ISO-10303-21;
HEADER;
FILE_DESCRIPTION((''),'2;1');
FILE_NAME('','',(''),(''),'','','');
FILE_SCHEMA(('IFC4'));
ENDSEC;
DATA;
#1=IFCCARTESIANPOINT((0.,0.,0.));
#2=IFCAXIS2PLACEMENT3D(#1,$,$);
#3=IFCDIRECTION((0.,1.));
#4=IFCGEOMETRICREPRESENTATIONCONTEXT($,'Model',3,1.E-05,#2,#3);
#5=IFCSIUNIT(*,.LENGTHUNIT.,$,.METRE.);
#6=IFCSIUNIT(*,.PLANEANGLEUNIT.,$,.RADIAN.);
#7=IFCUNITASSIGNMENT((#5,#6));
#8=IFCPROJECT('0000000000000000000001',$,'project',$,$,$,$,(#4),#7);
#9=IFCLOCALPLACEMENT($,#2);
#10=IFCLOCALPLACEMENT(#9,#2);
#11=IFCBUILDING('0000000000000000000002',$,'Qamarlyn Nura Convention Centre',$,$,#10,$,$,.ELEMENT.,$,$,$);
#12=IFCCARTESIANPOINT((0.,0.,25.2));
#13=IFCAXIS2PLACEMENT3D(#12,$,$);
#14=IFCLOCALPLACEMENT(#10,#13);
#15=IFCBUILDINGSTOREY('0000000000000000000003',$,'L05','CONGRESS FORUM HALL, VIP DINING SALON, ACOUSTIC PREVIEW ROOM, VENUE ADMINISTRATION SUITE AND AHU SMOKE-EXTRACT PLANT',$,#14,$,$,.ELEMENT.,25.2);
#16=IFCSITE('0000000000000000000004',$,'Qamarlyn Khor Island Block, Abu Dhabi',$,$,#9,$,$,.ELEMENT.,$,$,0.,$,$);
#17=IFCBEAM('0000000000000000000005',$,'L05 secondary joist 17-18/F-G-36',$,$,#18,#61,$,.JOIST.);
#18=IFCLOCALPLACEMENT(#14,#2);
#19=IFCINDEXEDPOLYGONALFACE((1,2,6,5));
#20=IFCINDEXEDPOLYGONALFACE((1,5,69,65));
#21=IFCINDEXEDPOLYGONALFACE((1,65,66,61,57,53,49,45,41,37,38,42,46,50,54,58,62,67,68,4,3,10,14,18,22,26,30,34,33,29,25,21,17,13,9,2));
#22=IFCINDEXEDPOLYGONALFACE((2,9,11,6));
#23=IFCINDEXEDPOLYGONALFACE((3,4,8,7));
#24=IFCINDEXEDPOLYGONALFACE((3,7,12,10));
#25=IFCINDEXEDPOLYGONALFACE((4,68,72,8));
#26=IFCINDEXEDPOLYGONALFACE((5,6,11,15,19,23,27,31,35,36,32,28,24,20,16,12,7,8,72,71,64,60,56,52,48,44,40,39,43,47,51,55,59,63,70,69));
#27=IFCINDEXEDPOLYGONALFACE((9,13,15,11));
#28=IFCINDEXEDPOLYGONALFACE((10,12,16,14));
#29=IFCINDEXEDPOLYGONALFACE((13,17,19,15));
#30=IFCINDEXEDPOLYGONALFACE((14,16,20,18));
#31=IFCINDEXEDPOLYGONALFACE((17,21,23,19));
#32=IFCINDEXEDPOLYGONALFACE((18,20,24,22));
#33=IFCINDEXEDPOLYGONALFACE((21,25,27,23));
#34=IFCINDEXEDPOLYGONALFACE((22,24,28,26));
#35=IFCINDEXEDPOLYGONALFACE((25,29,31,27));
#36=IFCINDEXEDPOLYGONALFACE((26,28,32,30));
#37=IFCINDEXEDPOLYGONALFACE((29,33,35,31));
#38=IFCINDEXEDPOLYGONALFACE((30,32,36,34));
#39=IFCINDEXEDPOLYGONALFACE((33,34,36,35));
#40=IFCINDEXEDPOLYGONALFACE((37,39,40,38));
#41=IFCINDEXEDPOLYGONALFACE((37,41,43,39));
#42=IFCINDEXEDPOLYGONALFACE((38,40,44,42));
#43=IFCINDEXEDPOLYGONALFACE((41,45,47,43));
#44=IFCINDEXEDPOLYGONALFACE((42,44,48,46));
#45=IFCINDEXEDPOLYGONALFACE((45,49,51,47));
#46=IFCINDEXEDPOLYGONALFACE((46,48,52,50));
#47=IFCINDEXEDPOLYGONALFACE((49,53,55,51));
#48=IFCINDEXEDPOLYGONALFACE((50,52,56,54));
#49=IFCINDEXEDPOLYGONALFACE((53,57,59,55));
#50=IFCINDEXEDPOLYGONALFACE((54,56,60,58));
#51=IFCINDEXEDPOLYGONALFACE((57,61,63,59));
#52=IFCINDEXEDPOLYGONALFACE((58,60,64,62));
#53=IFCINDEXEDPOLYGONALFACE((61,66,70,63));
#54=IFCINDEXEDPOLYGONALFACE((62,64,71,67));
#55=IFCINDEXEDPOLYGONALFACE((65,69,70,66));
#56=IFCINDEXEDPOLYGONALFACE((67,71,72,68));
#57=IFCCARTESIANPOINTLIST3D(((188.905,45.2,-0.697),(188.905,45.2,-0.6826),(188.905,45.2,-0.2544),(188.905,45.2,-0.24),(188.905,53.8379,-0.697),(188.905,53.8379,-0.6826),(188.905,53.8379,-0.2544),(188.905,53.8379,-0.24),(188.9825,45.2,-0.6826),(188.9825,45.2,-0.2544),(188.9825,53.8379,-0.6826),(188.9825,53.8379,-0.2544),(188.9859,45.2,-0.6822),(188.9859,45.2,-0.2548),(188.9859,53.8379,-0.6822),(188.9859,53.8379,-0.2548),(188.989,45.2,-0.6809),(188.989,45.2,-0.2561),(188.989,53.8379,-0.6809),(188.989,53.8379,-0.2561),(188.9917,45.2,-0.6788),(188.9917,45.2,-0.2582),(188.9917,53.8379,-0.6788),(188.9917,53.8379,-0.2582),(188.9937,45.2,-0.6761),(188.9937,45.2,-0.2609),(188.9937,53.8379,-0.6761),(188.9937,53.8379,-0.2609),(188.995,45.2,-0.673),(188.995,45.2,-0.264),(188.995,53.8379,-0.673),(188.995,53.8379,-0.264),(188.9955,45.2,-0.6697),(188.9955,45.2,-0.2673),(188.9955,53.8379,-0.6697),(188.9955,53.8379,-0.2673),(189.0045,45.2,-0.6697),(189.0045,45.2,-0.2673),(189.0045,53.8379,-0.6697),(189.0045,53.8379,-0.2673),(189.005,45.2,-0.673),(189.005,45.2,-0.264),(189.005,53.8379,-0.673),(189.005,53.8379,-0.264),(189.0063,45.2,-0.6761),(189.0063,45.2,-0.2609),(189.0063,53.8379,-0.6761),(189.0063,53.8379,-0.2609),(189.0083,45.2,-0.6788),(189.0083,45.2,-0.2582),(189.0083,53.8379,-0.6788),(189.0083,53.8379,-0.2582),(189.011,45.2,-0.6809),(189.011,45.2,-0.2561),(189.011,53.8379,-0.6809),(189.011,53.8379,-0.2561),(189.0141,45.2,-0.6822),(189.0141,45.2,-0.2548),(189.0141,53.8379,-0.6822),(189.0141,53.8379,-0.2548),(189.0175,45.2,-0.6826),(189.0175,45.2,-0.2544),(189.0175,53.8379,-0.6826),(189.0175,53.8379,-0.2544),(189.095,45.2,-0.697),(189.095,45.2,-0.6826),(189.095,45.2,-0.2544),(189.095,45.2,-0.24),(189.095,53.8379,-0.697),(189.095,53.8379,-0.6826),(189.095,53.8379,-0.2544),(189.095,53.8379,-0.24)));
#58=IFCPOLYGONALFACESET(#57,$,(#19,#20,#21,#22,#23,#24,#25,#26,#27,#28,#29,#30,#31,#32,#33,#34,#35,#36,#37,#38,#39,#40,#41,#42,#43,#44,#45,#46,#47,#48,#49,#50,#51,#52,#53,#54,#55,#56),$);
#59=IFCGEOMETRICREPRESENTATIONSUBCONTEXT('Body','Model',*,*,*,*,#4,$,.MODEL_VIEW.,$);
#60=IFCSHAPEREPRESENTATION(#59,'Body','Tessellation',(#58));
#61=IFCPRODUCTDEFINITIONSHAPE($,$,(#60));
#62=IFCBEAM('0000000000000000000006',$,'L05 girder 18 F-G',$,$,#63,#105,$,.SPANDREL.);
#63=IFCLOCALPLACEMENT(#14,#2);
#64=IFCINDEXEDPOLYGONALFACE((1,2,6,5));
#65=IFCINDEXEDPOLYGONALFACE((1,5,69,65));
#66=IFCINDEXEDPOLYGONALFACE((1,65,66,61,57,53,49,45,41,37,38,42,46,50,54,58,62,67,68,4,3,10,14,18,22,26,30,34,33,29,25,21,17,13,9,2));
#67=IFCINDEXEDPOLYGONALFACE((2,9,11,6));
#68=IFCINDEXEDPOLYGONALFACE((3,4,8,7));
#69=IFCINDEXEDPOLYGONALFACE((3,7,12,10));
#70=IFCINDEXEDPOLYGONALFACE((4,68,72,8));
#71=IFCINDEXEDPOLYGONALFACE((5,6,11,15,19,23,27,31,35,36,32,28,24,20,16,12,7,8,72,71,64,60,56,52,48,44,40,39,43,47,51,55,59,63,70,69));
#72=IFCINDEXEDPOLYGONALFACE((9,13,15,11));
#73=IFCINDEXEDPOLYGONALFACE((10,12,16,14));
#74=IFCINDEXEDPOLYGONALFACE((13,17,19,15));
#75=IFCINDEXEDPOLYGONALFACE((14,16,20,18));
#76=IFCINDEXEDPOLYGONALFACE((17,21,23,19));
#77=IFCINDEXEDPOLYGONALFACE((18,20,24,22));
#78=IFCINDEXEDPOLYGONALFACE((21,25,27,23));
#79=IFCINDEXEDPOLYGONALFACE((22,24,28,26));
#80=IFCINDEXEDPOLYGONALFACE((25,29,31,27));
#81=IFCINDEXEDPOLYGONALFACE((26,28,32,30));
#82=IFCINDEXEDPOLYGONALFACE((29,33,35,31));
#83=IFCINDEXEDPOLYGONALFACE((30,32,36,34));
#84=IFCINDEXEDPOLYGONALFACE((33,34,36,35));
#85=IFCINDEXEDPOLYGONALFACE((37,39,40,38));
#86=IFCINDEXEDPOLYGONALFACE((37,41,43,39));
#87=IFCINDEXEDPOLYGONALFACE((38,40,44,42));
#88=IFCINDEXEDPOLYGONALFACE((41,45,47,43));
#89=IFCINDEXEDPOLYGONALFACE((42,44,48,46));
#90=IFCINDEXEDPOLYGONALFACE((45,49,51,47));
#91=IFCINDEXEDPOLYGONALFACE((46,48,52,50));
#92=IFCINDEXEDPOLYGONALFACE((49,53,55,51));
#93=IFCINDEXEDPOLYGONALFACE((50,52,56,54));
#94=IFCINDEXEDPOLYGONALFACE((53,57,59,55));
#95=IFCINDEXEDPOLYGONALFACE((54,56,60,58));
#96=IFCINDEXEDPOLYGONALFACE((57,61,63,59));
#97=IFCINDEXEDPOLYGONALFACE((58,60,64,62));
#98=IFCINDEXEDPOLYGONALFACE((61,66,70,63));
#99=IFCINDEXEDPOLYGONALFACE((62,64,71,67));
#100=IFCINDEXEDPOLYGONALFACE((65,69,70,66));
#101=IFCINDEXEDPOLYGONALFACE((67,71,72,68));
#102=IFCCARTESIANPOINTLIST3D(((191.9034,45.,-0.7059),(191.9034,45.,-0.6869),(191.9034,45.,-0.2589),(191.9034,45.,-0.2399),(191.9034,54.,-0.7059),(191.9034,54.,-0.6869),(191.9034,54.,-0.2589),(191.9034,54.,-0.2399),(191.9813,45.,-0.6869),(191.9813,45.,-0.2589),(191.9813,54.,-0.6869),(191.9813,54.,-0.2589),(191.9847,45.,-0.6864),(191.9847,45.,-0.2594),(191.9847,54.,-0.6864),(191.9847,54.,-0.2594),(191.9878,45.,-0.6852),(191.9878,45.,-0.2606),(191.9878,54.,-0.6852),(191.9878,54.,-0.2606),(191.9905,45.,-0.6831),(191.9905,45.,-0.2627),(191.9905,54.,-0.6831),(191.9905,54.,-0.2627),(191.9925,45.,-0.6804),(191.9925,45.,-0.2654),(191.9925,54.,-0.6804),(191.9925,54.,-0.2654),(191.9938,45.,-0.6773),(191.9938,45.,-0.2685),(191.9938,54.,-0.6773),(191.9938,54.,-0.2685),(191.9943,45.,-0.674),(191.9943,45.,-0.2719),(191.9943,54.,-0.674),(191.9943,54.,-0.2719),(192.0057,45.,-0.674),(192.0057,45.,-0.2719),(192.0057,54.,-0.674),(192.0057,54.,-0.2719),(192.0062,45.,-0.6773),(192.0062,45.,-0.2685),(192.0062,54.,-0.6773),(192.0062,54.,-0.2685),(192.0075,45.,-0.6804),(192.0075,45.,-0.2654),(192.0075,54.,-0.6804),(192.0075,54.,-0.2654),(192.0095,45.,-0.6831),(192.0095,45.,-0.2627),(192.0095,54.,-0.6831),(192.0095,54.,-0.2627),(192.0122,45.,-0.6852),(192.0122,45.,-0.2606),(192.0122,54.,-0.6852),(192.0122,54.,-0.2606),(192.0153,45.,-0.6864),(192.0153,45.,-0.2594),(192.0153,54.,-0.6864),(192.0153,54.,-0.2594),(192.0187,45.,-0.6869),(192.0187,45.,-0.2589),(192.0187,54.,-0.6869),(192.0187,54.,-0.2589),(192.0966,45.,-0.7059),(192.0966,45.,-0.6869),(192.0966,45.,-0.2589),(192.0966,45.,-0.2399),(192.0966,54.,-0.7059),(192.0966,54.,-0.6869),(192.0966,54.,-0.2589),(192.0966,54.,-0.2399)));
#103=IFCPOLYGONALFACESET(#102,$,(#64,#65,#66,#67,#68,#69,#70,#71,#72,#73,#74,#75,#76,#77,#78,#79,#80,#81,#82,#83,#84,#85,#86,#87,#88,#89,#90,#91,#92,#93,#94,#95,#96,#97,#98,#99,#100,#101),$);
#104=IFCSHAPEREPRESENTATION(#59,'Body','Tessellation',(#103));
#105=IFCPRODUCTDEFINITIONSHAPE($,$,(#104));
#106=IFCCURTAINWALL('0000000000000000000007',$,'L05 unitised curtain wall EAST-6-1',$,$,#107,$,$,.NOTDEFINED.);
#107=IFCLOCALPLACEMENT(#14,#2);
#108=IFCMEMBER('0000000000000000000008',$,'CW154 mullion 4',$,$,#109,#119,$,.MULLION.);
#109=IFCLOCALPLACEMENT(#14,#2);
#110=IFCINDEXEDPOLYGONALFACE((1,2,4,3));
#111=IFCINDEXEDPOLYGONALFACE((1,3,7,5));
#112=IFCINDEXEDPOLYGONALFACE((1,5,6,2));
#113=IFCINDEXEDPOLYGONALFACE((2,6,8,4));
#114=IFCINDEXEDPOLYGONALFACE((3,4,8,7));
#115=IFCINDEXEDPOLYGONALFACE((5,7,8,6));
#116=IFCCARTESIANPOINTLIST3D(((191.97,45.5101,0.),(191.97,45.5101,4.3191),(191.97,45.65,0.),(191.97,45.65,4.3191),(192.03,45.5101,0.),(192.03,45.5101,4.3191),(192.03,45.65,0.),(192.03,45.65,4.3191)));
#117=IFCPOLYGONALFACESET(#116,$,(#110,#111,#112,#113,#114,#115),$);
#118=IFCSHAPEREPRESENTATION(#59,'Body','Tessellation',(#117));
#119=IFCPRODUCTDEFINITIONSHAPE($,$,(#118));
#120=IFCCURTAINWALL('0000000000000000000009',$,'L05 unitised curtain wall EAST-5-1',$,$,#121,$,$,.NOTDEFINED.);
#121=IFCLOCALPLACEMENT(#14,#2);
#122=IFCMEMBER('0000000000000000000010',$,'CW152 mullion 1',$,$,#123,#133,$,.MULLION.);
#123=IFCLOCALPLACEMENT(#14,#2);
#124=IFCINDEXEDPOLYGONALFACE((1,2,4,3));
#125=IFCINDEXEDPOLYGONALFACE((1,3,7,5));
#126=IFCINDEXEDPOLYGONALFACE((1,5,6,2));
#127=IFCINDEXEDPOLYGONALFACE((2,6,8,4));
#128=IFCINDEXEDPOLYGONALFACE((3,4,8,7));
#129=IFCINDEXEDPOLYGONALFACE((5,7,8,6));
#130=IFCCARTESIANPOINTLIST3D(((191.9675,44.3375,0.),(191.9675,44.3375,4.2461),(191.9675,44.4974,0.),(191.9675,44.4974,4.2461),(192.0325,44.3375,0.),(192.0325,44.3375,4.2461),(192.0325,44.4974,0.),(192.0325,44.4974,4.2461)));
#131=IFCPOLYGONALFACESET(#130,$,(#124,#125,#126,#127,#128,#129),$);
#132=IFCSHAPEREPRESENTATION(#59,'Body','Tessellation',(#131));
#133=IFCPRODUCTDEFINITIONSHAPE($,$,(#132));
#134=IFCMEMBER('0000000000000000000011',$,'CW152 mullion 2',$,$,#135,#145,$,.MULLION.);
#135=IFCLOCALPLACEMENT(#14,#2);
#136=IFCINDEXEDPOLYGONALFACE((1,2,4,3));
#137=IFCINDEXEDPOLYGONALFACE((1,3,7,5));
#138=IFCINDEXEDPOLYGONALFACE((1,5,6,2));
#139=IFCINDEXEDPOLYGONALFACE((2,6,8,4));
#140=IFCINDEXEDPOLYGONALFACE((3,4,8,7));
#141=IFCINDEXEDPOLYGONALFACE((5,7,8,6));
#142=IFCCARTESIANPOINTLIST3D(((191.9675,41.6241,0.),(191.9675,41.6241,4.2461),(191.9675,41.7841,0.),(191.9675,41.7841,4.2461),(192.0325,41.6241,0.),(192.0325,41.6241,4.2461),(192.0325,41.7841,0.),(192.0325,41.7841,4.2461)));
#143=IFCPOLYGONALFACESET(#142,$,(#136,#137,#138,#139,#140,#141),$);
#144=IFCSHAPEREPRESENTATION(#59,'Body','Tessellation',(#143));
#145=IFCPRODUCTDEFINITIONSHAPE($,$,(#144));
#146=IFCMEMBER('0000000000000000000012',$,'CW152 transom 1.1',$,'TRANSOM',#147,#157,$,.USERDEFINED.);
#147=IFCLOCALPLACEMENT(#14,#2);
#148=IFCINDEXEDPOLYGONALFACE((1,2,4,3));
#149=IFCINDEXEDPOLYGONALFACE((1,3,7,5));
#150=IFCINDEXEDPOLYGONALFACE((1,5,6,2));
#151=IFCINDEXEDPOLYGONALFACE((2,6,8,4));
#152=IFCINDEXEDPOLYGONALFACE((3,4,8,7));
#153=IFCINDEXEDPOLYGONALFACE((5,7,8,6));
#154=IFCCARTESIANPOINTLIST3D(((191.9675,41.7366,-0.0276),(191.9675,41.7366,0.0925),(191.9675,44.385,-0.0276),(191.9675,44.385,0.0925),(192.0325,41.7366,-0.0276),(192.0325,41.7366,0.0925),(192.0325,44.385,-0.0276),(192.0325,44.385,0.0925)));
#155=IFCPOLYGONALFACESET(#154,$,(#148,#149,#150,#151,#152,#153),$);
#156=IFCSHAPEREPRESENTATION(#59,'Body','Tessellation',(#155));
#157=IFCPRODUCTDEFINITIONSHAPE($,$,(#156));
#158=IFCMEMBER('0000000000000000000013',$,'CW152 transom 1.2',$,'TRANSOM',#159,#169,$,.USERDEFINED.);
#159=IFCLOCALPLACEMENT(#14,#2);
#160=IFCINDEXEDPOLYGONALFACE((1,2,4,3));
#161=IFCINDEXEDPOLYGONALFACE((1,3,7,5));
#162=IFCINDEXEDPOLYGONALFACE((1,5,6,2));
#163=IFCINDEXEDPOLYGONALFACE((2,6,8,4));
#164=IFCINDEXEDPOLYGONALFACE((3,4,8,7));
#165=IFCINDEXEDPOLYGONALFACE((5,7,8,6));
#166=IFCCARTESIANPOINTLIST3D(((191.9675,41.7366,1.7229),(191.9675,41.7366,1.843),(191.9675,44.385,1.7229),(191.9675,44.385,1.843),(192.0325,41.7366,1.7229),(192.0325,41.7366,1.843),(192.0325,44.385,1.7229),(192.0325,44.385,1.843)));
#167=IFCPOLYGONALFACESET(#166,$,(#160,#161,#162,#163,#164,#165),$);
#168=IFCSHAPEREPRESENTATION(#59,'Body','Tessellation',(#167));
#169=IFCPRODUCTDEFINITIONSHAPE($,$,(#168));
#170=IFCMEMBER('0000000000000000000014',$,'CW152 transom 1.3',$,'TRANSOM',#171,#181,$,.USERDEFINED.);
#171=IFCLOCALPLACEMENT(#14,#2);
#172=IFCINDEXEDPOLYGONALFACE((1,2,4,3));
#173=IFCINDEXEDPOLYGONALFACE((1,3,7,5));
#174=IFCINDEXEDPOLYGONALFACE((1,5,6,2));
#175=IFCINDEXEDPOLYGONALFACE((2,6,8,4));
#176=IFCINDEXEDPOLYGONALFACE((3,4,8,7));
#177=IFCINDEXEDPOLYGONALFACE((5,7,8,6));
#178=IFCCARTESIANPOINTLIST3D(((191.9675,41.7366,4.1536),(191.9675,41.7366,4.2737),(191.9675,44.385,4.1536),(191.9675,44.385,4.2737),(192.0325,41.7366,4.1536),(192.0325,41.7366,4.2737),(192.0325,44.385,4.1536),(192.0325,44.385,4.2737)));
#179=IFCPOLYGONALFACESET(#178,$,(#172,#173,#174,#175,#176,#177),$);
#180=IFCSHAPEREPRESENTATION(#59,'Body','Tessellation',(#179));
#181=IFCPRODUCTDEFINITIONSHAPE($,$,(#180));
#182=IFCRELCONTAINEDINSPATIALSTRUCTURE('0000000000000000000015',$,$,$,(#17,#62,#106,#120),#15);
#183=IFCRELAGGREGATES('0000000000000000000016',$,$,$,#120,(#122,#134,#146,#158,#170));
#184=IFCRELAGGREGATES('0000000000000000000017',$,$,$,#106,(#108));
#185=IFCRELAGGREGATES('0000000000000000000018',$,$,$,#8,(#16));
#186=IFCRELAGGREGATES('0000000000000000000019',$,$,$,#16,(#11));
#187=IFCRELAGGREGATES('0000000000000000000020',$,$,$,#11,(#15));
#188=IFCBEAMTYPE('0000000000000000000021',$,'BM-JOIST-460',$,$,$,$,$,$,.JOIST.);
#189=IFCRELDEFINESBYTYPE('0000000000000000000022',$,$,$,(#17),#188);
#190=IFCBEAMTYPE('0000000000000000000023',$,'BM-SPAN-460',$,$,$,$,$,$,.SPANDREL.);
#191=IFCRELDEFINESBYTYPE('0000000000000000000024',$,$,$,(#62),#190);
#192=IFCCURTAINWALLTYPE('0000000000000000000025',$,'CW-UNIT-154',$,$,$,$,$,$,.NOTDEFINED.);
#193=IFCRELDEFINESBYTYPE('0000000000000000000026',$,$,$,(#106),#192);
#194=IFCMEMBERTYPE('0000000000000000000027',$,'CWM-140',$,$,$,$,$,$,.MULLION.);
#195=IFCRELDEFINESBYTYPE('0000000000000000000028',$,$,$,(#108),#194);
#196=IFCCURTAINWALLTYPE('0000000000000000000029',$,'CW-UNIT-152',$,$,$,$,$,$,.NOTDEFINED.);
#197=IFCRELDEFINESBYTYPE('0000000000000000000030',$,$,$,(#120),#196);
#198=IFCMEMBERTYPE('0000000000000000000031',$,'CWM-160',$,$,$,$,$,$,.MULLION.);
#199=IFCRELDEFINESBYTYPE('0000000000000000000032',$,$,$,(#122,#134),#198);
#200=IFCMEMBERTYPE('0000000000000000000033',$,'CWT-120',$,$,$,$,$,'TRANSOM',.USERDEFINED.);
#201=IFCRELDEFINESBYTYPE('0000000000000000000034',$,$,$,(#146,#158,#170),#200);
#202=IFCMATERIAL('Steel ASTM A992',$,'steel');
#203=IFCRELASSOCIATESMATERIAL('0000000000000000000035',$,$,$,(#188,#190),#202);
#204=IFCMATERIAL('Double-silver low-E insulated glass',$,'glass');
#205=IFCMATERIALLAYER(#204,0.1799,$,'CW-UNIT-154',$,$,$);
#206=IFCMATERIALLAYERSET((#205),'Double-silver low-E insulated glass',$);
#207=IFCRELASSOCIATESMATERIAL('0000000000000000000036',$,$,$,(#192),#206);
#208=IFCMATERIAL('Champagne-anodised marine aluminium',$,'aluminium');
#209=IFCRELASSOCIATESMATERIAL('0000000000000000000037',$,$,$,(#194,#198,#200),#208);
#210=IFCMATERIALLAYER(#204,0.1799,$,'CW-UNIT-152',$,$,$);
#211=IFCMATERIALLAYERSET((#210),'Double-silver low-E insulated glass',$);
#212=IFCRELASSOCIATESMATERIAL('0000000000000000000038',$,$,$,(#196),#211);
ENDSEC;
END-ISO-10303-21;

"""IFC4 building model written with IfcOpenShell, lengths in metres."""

from ifc_helpers import new_model, si_unit, direction, frame, origin, origin_2d, place, context, subcontext, project, spatial, rectangle, i_section, extrude, material, layer, layer_set, material_profile, profile_set, type_object, element, aggregate, save


model = new_model("IFC4")

# Units and contexts
model_context = context("Model", 3, precision=1e-05, world=origin(), true_north=direction((0.0, 1.0)))
body_context = subcontext(model_context, "Body", "Model", "MODEL_VIEW")
ifc_project = project(units=[si_unit("LENGTHUNIT", "METRE"), si_unit("PLANEANGLEUNIT", "RADIAN")], contexts=[model_context])

# Site, building, storey
site_placement = place(None, origin())
site = spatial("IfcSite", under=ifc_project, at=site_placement, Name="Qamarlyn Khor Island Block, Abu Dhabi", CompositionType="ELEMENT", RefElevation=0.0)
building_placement = place(site_placement, origin())
building = spatial("IfcBuilding", under=site, at=building_placement, Name="Qamarlyn Nura Convention Centre", CompositionType="ELEMENT")
storey_placement = place(building_placement, frame((0.0, 0.0, 25.2)))
storey = spatial("IfcBuildingStorey", under=building, at=storey_placement, Name="L05", Description="CONGRESS FORUM HALL, VIP DINING SALON, ACOUSTIC PREVIEW ROOM, VENUE ADMINISTRATION SUITE AND AHU SMOKE-EXTRACT PLANT", CompositionType="ELEMENT", Elevation=25.2)

# Beams
ifc_material_1 = material(Name="Steel ASTM A992", Category="steel")
ifc_material_profile_1 = material_profile(ifc_material_1, i_section(OverallWidth=0.1899, OverallDepth=0.457, WebThickness=0.009, FlangeThickness=0.0144, FilletRadius=0.0129, at=origin_2d()), Name="W460X74")
ifc_profile_set_1 = profile_set([ifc_material_profile_1], Name="Steel ASTM A992")
beam_type_1 = type_object("IfcBeamType", Name="BM-JOIST-460", PredefinedType="JOIST", material=ifc_profile_set_1)
beam_1_placement = place(storey_placement, frame((189.0, 45.2, -0.4685), z_axis=(0.0, 1.0, 0.0), x_axis=(-1.0, 0.0, 0.0)))
element("IfcBeam", 1, at=beam_1_placement, inside=storey, type_object=beam_type_1, Name="L05 secondary joist 17-18/F-G-36", PredefinedType="JOIST", context=body_context, shape_type="SweptSolid", body=[
    extrude(i_section(OverallWidth=0.1899, OverallDepth=0.457, WebThickness=0.009, FlangeThickness=0.0144, FilletRadius=0.0129, at=origin_2d()), origin(), (0.0, 0.0, 1.0), 8.6379),
])
ifc_material_profile_2 = material_profile(ifc_material_1, i_section(OverallWidth=0.1931, OverallDepth=0.4661, WebThickness=0.0115, FlangeThickness=0.019, FilletRadius=0.0129, at=origin_2d()), Name="W460X97")
ifc_profile_set_2 = profile_set([ifc_material_profile_2], Name="Steel ASTM A992")
beam_type_2 = type_object("IfcBeamType", Name="BM-SPAN-460", PredefinedType="SPANDREL", material=ifc_profile_set_2)
beam_2_placement = place(storey_placement, frame((192.0, 45.0, -0.4729), z_axis=(0.0, 1.0, 0.0), x_axis=(-1.0, 0.0, 0.0)))
element("IfcBeam", 2, at=beam_2_placement, inside=storey, type_object=beam_type_2, Name="L05 girder 18 F-G", PredefinedType="SPANDREL", context=body_context, shape_type="SweptSolid", body=[
    extrude(i_section(OverallWidth=0.1931, OverallDepth=0.4661, WebThickness=0.0115, FlangeThickness=0.019, FilletRadius=0.0129, at=origin_2d()), origin(), (0.0, 0.0, 1.0), 9.0),
])

# Curtain wall, member
ifc_material_2 = material(Name="Double-silver low-E insulated glass", Category="glass")
ifc_layer_1 = layer(ifc_material_2, 0.1799, Name="CW-UNIT-154")
ifc_layer_set_1 = layer_set([ifc_layer_1], Name="Double-silver low-E insulated glass")
curtain_wall_type_1 = type_object("IfcCurtainWallType", Name="CW-UNIT-154", PredefinedType="NOTDEFINED", material=ifc_layer_set_1)
curtain_wall_1_placement = place(storey_placement, origin())
curtain_wall_1 = element("IfcCurtainWall", 3, at=curtain_wall_1_placement, inside=storey, type_object=curtain_wall_type_1, Name="L05 unitised curtain wall EAST-6-1", PredefinedType="NOTDEFINED")
ifc_material_3 = material(Name="Champagne-anodised marine aluminium", Category="aluminium")
ifc_material_profile_3 = material_profile(ifc_material_3, rectangle(XDim=0.0601, YDim=0.1399, at=origin_2d()), Name="ALU MULLION 60x140")
ifc_profile_set_3 = profile_set([ifc_material_profile_3], Name="Champagne-anodised marine aluminium")
member_type_1 = type_object("IfcMemberType", Name="CWM-140", PredefinedType="MULLION", material=ifc_profile_set_3)
member_1_placement = place(storey_placement, frame((192.0, 45.5801, 0.0), z_axis=(0.0, 0.0, 1.0), x_axis=(1.0, 0.0, 0.0)))
member_1 = element("IfcMember", 4, at=member_1_placement, type_object=member_type_1, Name="CW154 mullion 4", PredefinedType="MULLION", context=body_context, shape_type="SweptSolid", body=[
    extrude(rectangle(XDim=0.0601, YDim=0.1399, at=origin_2d()), origin(), (0.0, 0.0, 1.0), 4.3191),
])

# Curtain wall, members
ifc_layer_2 = layer(ifc_material_2, 0.1799, Name="CW-UNIT-152")
ifc_layer_set_2 = layer_set([ifc_layer_2], Name="Double-silver low-E insulated glass")
curtain_wall_type_2 = type_object("IfcCurtainWallType", Name="CW-UNIT-152", PredefinedType="NOTDEFINED", material=ifc_layer_set_2)
curtain_wall_2_placement = place(storey_placement, origin())
curtain_wall_2 = element("IfcCurtainWall", 5, at=curtain_wall_2_placement, inside=storey, type_object=curtain_wall_type_2, Name="L05 unitised curtain wall EAST-5-1", PredefinedType="NOTDEFINED")
ifc_material_profile_4 = material_profile(ifc_material_3, rectangle(XDim=0.0649, YDim=0.1599, at=origin_2d()), Name="ALU MULLION 65x160")
ifc_profile_set_4 = profile_set([ifc_material_profile_4], Name="Champagne-anodised marine aluminium")
member_type_2 = type_object("IfcMemberType", Name="CWM-160", PredefinedType="MULLION", material=ifc_profile_set_4)
member_2_placement = place(storey_placement, frame((192.0, 44.4175, 0.0), z_axis=(0.0, 0.0, 1.0), x_axis=(1.0, 0.0, 0.0)))
member_2 = element("IfcMember", 6, at=member_2_placement, type_object=member_type_2, Name="CW152 mullion 1", PredefinedType="MULLION", context=body_context, shape_type="SweptSolid", body=[
    extrude(rectangle(XDim=0.0649, YDim=0.1599, at=origin_2d()), origin(), (0.0, 0.0, 1.0), 4.2461),
])
member_3_placement = place(storey_placement, frame((192.0, 41.7041, 0.0), z_axis=(0.0, 0.0, 1.0), x_axis=(1.0, 0.0, 0.0)))
member_3 = element("IfcMember", 7, at=member_3_placement, type_object=member_type_2, Name="CW152 mullion 2", PredefinedType="MULLION", context=body_context, shape_type="SweptSolid", body=[
    extrude(rectangle(XDim=0.0649, YDim=0.1599, at=origin_2d()), origin(), (0.0, 0.0, 1.0), 4.2461),
])
ifc_material_profile_5 = material_profile(ifc_material_3, rectangle(XDim=0.0649, YDim=0.1201, at=origin_2d()), Name="ALU TRANSOM 65x120")
ifc_profile_set_5 = profile_set([ifc_material_profile_5], Name="Champagne-anodised marine aluminium")
member_type_3 = type_object("IfcMemberType", Name="CWT-120", ElementType="TRANSOM", PredefinedType="USERDEFINED", material=ifc_profile_set_5)
member_4_placement = place(storey_placement, frame((192.0, 44.385, 0.0325), z_axis=(0.0, -1.0, 0.0), x_axis=(1.0, 0.0, 0.0)))
member_4 = element("IfcMember", 8, at=member_4_placement, type_object=member_type_3, Name="CW152 transom 1.1", ObjectType="TRANSOM", PredefinedType="USERDEFINED", context=body_context, shape_type="SweptSolid", body=[
    extrude(rectangle(XDim=0.0649, YDim=0.1201, at=origin_2d()), origin(), (0.0, 0.0, 1.0), 2.6484),
])
member_5_placement = place(storey_placement, frame((192.0, 44.385, 1.783), z_axis=(0.0, -1.0, 0.0), x_axis=(1.0, 0.0, 0.0)))
member_5 = element("IfcMember", 9, at=member_5_placement, type_object=member_type_3, Name="CW152 transom 1.2", ObjectType="TRANSOM", PredefinedType="USERDEFINED", context=body_context, shape_type="SweptSolid", body=[
    extrude(rectangle(XDim=0.0649, YDim=0.1201, at=origin_2d()), origin(), (0.0, 0.0, 1.0), 2.6484),
])
member_6_placement = place(storey_placement, frame((192.0, 44.385, 4.2136), z_axis=(0.0, -1.0, 0.0), x_axis=(1.0, 0.0, 0.0)))
member_6 = element("IfcMember", 10, at=member_6_placement, type_object=member_type_3, Name="CW152 transom 1.3", ObjectType="TRANSOM", PredefinedType="USERDEFINED", context=body_context, shape_type="SweptSolid", body=[
    extrude(rectangle(XDim=0.0649, YDim=0.1201, at=origin_2d()), origin(), (0.0, 0.0, 1.0), 2.6484),
])
aggregate(curtain_wall_2, [member_2, member_3, member_4, member_5, member_6])

aggregate(curtain_wall_1, [member_1])

save(model, "model.ifc")
